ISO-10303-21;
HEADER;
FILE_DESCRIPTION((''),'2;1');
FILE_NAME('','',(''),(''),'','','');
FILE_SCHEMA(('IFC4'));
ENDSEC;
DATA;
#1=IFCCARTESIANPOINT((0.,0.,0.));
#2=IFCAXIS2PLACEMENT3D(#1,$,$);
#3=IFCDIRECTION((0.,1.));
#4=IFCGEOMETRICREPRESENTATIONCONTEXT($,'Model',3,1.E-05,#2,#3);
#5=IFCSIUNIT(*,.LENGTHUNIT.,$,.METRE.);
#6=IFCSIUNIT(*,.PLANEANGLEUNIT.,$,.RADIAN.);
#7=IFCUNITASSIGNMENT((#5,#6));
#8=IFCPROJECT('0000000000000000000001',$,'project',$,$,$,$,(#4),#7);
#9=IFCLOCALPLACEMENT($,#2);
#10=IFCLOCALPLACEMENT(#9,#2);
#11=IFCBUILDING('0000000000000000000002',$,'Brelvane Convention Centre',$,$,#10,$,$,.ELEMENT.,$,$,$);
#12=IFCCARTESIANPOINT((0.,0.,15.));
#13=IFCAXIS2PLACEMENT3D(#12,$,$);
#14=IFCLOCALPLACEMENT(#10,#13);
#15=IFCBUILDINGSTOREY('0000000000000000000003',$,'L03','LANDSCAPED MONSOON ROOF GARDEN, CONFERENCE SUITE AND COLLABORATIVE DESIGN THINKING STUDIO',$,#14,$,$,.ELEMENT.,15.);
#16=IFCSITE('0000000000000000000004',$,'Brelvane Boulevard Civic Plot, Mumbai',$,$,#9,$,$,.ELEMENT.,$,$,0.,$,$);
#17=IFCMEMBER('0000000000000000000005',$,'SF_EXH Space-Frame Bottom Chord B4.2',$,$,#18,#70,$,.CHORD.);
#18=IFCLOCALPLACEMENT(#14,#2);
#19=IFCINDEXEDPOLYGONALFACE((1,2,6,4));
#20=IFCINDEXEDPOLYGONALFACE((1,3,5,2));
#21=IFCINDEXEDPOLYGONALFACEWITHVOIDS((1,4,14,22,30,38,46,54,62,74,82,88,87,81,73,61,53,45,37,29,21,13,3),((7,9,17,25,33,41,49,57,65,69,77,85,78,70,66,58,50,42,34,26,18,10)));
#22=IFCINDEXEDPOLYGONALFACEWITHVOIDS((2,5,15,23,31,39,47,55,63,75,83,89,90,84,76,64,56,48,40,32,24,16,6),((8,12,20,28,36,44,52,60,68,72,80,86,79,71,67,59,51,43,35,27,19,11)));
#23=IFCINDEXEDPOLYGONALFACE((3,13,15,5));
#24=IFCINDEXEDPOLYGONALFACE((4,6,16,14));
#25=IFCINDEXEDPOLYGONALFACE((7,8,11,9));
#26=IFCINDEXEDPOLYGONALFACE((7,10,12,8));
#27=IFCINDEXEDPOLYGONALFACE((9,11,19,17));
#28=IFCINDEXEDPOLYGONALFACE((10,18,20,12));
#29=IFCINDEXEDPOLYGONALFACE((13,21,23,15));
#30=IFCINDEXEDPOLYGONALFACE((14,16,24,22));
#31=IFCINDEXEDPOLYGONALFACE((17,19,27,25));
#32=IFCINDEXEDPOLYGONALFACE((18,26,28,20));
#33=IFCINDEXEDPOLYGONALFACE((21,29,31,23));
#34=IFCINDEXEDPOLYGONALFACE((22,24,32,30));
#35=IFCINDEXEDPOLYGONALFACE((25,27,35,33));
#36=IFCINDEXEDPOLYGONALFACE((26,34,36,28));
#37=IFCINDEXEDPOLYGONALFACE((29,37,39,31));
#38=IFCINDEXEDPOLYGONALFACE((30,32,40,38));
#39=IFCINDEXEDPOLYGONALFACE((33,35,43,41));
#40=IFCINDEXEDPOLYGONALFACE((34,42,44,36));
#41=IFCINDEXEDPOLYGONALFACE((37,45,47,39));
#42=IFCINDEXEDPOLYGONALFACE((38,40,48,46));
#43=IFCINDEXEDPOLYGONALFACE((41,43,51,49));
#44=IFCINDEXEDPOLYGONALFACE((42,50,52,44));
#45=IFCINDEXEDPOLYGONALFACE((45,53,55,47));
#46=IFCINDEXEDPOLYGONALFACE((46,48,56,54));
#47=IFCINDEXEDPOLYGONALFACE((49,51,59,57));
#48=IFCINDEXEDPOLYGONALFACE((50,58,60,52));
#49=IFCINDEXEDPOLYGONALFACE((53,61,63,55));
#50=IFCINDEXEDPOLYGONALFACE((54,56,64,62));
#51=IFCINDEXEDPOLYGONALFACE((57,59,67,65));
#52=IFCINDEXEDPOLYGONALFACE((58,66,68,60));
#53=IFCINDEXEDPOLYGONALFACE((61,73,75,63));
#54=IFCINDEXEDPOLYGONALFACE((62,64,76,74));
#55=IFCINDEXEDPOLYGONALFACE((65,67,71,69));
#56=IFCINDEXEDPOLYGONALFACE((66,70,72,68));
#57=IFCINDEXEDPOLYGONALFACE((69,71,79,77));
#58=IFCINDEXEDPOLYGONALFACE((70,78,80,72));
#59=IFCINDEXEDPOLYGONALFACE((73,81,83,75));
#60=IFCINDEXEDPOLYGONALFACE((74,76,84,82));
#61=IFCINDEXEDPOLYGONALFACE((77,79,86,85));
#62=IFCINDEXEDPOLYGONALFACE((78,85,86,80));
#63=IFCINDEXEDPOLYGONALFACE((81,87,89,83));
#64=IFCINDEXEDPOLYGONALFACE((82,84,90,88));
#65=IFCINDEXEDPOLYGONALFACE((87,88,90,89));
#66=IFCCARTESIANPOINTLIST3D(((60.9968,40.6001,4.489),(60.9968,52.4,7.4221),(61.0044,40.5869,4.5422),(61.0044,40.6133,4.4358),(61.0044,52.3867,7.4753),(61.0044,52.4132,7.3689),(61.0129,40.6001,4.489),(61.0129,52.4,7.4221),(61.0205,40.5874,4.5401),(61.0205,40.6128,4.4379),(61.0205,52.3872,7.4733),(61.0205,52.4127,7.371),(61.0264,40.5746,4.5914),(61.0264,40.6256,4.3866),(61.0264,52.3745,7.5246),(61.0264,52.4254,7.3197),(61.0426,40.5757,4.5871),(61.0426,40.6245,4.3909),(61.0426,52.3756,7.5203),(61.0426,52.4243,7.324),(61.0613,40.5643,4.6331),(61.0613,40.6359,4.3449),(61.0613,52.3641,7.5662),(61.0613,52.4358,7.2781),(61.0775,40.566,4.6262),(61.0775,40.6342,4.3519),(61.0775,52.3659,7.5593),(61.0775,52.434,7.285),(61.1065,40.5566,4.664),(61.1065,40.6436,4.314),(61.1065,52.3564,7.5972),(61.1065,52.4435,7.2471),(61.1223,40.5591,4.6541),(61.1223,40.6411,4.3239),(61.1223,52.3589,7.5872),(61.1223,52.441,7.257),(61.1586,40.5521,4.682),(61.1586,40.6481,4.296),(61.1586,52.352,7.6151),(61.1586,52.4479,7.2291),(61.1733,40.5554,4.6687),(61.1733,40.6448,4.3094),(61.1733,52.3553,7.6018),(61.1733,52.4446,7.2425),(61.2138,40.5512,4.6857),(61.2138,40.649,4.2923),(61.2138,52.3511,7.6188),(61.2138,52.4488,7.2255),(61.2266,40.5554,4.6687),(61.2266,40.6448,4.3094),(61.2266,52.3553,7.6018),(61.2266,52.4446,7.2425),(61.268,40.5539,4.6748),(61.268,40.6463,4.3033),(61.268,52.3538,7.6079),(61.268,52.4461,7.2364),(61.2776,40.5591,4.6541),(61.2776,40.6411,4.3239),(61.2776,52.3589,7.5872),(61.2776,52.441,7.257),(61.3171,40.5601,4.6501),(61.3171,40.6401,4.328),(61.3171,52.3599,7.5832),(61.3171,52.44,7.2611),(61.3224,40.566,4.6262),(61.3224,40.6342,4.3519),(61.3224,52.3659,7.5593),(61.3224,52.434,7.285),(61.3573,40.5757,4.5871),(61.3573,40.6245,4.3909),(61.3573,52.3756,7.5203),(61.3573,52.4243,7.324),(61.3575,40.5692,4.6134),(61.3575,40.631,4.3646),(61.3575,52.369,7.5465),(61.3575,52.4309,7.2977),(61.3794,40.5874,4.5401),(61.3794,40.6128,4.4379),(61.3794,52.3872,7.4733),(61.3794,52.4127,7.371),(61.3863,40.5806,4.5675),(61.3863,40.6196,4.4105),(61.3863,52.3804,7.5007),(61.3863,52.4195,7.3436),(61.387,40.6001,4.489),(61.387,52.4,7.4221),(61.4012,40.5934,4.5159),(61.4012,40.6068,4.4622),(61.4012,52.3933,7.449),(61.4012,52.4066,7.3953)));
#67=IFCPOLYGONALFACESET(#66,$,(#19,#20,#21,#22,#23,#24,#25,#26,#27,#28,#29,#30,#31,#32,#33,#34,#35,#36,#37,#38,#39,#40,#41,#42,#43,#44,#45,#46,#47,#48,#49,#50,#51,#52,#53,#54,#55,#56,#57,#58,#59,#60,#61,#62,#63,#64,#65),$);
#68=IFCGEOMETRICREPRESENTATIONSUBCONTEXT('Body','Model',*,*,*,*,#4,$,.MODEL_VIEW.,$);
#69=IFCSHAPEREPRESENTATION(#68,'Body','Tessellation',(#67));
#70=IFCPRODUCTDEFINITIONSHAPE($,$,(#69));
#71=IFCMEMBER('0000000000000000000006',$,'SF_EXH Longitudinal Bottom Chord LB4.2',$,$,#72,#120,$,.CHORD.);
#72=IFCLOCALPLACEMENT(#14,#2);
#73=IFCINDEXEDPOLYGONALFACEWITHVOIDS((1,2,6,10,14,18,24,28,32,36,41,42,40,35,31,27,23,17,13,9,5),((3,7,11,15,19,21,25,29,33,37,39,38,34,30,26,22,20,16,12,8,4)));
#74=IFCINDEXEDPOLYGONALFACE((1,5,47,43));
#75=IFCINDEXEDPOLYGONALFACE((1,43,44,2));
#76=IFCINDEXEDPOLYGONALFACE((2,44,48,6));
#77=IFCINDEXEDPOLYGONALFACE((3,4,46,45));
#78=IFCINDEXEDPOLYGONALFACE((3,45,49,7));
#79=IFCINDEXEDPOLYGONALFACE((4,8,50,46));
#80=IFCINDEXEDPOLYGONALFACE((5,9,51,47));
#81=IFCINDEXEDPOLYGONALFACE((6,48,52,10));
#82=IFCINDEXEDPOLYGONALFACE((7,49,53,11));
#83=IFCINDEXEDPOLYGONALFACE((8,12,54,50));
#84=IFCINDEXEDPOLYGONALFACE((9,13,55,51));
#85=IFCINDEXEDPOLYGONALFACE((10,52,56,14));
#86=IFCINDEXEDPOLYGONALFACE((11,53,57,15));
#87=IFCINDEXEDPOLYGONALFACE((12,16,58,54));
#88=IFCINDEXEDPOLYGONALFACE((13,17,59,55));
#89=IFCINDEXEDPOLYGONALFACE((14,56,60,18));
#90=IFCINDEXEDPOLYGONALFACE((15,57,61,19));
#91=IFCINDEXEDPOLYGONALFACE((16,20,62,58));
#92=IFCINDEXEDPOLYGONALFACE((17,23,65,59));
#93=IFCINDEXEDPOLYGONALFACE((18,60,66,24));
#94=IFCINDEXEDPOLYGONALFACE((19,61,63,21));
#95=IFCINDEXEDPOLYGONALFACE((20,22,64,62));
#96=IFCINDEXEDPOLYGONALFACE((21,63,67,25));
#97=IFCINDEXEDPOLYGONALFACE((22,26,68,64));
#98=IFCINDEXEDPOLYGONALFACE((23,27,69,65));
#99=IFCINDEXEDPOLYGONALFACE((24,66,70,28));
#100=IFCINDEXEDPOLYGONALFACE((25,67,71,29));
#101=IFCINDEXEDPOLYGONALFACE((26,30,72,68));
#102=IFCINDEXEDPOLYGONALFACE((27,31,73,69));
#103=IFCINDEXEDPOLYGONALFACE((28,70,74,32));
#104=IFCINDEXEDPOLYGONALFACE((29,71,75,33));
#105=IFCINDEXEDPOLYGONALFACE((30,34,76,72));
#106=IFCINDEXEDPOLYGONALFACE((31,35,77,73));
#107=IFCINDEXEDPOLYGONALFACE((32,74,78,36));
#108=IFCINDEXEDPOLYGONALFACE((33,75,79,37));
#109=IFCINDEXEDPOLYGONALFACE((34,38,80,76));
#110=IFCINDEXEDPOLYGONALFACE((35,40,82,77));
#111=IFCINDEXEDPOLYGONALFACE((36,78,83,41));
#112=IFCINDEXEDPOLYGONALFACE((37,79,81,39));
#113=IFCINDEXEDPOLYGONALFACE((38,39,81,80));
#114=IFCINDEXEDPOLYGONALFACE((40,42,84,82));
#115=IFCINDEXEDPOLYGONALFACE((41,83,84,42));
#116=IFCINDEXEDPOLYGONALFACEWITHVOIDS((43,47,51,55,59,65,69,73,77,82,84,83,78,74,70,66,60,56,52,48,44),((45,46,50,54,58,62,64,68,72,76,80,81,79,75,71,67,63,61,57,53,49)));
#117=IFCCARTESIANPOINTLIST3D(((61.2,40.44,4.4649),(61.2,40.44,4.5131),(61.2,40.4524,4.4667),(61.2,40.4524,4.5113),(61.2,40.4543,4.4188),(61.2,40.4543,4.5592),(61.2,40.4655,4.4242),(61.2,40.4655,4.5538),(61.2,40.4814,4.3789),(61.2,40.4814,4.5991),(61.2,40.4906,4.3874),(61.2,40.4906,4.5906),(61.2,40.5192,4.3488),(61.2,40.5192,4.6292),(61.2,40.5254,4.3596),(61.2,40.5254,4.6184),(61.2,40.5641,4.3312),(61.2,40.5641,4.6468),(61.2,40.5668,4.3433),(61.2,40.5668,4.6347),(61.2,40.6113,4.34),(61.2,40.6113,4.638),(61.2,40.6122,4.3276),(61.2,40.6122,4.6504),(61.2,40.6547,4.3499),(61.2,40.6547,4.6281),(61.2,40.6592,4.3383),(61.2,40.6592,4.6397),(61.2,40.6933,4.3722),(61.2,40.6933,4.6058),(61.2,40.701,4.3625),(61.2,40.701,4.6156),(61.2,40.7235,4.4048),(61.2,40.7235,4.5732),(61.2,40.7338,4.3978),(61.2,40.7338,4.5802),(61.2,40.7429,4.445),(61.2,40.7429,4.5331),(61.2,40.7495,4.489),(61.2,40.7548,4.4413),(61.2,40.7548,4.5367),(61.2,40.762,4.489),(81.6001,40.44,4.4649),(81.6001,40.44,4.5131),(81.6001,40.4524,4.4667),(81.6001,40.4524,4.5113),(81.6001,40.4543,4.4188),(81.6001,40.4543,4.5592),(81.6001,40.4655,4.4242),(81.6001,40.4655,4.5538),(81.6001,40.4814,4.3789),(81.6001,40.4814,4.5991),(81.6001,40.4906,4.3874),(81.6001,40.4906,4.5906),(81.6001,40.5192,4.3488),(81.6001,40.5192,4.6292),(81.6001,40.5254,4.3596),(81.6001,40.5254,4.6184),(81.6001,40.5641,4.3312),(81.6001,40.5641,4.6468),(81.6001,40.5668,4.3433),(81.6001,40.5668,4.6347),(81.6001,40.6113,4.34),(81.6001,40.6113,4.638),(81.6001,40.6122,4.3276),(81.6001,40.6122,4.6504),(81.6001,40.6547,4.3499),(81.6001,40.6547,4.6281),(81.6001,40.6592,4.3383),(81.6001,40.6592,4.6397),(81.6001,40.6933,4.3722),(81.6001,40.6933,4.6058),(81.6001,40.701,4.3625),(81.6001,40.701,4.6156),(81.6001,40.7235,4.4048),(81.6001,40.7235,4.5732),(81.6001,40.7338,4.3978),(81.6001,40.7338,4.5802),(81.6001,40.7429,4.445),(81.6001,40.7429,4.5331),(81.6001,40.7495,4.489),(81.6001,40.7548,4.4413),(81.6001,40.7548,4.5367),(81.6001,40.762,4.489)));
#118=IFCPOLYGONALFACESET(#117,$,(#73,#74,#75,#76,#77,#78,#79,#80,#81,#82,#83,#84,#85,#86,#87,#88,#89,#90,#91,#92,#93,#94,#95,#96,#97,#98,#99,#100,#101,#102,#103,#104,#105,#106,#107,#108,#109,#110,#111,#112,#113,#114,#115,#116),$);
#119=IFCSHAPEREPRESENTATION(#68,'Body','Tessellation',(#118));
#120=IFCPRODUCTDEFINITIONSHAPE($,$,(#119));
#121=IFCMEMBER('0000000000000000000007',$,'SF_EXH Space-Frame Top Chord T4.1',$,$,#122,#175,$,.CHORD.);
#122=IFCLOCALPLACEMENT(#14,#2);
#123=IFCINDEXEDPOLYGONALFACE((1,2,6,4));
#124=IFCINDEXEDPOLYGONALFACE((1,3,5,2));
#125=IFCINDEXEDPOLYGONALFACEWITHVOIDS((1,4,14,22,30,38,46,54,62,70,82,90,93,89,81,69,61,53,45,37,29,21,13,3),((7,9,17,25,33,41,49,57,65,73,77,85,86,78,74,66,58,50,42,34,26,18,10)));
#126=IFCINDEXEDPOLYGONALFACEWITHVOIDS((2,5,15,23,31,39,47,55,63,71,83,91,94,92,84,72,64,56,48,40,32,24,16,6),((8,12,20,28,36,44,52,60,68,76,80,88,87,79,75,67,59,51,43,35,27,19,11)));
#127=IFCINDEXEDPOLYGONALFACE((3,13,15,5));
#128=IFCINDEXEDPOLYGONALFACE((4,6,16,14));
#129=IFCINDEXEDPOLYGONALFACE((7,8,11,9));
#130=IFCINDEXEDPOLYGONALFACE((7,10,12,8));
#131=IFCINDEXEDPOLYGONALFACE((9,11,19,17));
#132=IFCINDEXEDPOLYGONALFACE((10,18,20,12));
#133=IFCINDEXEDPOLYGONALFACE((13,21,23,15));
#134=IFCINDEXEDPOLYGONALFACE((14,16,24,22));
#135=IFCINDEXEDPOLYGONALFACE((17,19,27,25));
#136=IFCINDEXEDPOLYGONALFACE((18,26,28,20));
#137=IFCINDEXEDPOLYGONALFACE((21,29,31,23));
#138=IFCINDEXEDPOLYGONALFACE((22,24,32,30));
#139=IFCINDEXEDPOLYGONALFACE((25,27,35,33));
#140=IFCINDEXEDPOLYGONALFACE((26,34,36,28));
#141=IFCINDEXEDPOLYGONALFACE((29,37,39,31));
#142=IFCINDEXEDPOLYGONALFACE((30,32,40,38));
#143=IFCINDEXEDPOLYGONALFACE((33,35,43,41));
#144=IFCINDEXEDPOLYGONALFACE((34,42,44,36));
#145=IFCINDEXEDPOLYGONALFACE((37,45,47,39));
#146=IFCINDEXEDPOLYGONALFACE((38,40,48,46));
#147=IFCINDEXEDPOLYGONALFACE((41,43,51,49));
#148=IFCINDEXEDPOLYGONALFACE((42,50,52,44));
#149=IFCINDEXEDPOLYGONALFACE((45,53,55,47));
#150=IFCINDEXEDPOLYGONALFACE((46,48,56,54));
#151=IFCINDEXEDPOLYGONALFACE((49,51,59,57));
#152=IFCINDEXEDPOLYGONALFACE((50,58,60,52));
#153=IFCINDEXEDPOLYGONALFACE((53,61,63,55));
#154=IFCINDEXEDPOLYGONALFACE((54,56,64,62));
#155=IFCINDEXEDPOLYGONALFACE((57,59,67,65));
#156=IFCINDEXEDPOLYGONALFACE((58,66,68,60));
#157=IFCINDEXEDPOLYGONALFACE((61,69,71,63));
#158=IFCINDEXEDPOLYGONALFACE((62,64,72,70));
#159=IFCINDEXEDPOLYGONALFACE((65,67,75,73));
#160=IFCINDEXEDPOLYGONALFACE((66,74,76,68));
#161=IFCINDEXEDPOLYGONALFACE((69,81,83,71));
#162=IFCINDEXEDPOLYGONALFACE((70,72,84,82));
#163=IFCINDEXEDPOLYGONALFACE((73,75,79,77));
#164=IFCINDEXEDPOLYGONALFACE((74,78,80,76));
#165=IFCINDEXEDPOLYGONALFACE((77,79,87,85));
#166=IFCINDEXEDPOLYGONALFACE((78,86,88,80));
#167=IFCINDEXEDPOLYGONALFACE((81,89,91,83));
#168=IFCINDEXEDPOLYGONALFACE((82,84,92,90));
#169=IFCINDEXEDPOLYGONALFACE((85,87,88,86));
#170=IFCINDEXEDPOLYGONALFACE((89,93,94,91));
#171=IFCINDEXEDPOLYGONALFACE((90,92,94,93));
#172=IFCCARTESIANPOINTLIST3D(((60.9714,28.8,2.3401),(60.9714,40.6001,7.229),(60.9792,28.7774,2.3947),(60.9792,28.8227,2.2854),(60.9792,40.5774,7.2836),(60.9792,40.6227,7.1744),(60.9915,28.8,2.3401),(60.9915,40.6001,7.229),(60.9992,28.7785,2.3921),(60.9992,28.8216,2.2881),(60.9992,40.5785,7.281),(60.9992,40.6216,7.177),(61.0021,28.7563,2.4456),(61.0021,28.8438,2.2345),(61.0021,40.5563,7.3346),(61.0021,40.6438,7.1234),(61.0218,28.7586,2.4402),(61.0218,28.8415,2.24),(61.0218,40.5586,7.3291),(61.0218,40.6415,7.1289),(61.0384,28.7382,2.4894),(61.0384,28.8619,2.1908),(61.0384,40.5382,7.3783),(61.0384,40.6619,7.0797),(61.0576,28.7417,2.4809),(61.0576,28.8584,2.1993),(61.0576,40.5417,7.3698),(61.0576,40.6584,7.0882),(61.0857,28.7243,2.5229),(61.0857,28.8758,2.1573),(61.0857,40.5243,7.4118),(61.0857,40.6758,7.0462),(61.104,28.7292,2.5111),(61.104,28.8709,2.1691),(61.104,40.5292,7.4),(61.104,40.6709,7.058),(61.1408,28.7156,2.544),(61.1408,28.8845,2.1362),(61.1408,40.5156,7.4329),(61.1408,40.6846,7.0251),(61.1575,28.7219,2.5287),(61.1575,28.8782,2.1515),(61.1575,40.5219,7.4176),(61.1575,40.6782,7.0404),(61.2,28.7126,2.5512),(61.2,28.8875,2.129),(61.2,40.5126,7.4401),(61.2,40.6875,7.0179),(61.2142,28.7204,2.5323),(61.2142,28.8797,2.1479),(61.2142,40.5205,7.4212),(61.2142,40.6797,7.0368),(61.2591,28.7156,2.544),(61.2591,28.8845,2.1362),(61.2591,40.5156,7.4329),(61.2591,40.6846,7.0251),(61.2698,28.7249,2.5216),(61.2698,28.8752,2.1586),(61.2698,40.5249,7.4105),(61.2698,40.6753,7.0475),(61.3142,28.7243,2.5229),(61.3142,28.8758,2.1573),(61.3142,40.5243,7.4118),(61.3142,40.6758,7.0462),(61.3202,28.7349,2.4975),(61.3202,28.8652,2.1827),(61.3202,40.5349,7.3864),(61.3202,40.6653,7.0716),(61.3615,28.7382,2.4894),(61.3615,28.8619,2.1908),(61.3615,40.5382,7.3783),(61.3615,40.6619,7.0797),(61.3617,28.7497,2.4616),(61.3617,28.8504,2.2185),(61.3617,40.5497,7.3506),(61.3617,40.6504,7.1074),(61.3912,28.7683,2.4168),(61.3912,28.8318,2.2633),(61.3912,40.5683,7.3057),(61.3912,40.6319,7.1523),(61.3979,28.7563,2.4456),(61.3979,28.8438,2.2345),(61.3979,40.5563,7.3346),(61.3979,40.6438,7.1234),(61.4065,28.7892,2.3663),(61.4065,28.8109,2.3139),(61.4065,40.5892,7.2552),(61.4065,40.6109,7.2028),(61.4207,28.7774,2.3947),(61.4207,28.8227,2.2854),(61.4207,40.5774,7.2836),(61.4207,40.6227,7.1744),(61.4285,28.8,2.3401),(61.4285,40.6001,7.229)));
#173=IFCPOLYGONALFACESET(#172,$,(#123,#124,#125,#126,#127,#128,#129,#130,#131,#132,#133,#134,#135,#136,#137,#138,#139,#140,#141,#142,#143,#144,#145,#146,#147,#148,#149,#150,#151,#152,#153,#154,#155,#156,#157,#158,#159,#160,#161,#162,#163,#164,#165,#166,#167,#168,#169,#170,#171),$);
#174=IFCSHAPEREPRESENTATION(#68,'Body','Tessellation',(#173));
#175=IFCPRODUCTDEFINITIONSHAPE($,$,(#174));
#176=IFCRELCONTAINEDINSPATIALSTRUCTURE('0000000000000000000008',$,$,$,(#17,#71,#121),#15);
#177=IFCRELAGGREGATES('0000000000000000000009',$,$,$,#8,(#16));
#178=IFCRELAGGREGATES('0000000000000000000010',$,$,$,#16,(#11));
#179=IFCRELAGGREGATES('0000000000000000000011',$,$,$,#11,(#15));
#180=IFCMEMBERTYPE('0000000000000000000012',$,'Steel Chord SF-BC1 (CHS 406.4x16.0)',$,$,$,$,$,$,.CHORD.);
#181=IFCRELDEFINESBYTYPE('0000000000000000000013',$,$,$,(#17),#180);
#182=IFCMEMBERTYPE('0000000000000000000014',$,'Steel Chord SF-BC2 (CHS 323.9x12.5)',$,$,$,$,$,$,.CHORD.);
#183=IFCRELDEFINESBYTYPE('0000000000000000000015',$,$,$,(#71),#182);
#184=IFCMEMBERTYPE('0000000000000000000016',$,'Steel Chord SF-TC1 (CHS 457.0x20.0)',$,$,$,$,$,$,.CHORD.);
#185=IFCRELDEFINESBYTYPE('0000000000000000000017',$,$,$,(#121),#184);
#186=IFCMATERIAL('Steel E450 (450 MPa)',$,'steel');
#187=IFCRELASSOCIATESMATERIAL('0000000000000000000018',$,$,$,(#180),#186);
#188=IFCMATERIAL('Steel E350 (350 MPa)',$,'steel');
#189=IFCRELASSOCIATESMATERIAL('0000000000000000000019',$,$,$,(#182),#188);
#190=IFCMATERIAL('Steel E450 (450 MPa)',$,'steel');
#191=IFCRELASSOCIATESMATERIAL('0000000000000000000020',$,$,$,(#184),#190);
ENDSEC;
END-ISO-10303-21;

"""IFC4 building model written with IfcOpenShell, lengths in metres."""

from ifc_helpers import new_model, si_unit, direction, frame, origin, origin_2d, place, context, subcontext, project, spatial, hollow_circle, extrude, material, material_profile, profile_set, type_object, element, save


model = new_model("IFC4")

# Units and contexts
model_context = context("Model", 3, precision=1e-05, world=origin(), true_north=direction((0.0, 1.0)))
body_context = subcontext(model_context, "Body", "Model", "MODEL_VIEW")
ifc_project = project(units=[si_unit("LENGTHUNIT", "METRE"), si_unit("PLANEANGLEUNIT", "RADIAN")], contexts=[model_context])

# Site, building, storey
site_placement = place(None, origin())
site = spatial("IfcSite", under=ifc_project, at=site_placement, Name="Brelvane Boulevard Civic Plot, Mumbai", CompositionType="ELEMENT", RefElevation=0.0)
building_placement = place(site_placement, origin())
building = spatial("IfcBuilding", under=site, at=building_placement, Name="Brelvane Convention Centre", CompositionType="ELEMENT")
storey_placement = place(building_placement, frame((0.0, 0.0, 15.0)))
storey = spatial("IfcBuildingStorey", under=building, at=storey_placement, Name="L03", Description="LANDSCAPED MONSOON ROOF GARDEN, CONFERENCE SUITE AND COLLABORATIVE DESIGN THINKING STUDIO", CompositionType="ELEMENT", Elevation=15.0)

# Members
ifc_material_1 = material(Name="Steel E450 (450 MPa)", Category="steel")
ifc_material_profile_1 = material_profile(ifc_material_1, hollow_circle(Radius=0.2031, WallThickness=0.0161, at=origin_2d()), Name="CHS 406.4x16.0")
ifc_profile_set_1 = profile_set([ifc_material_profile_1], Name="Steel E450 (450 MPa)")
member_type_1 = type_object("IfcMemberType", Name="Steel Chord SF-BC1 (CHS 406.4x16.0)", PredefinedType="CHORD", material=ifc_profile_set_1)
member_1_placement = place(storey_placement, frame((61.2, 40.6001, 4.489), z_axis=(0.0, 0.970468, 0.241231), x_axis=(-1.0, 0.0, 0.0)))
element("IfcMember", 1, at=member_1_placement, inside=storey, type_object=member_type_1, Name="SF_EXH Space-Frame Bottom Chord B4.2", PredefinedType="CHORD", context=body_context, shape_type="SweptSolid", body=[
    extrude(hollow_circle(Radius=0.2031, WallThickness=0.0161, at=origin_2d()), origin(), (0.0, 0.0, 1.0), 12.1589),
])
ifc_material_2 = material(Name="Steel E350 (350 MPa)", Category="steel")
ifc_material_profile_2 = material_profile(ifc_material_2, hollow_circle(Radius=0.1619, WallThickness=0.0125, at=origin_2d()), Name="CHS 323.9x12.5")
ifc_profile_set_2 = profile_set([ifc_material_profile_2], Name="Steel E350 (350 MPa)")
member_type_2 = type_object("IfcMemberType", Name="Steel Chord SF-BC2 (CHS 323.9x12.5)", PredefinedType="CHORD", material=ifc_profile_set_2)
member_2_placement = place(storey_placement, frame((61.2, 40.6001, 4.489), z_axis=(1.0, 0.0, 0.0), x_axis=(0.0, 1.0, 0.0)))
element("IfcMember", 2, at=member_2_placement, inside=storey, type_object=member_type_2, Name="SF_EXH Longitudinal Bottom Chord LB4.2", PredefinedType="CHORD", context=body_context, shape_type="SweptSolid", body=[
    extrude(hollow_circle(Radius=0.1619, WallThickness=0.0125, at=origin_2d()), origin(), (0.0, 0.0, 1.0), 20.4001),
])
ifc_material_3 = material(Name="Steel E450 (450 MPa)", Category="steel")
ifc_material_profile_3 = material_profile(ifc_material_3, hollow_circle(Radius=0.2285, WallThickness=0.02, at=origin_2d()), Name="CHS 457.0x20.0")
ifc_profile_set_3 = profile_set([ifc_material_profile_3], Name="Steel E450 (450 MPa)")
member_type_3 = type_object("IfcMemberType", Name="Steel Chord SF-TC1 (CHS 457.0x20.0)", PredefinedType="CHORD", material=ifc_profile_set_3)
member_3_placement = place(storey_placement, frame((61.2, 28.8, 2.3401), z_axis=(0.0, 0.923847, 0.382762), x_axis=(-1.0, 0.0, 0.0)))
element("IfcMember", 3, at=member_3_placement, inside=storey, type_object=member_type_3, Name="SF_EXH Space-Frame Top Chord T4.1", PredefinedType="CHORD", context=body_context, shape_type="SweptSolid", body=[
    extrude(hollow_circle(Radius=0.2285, WallThickness=0.02, at=origin_2d()), origin(), (0.0, 0.0, 1.0), 12.7727),
])

save(model, "model.ifc")
